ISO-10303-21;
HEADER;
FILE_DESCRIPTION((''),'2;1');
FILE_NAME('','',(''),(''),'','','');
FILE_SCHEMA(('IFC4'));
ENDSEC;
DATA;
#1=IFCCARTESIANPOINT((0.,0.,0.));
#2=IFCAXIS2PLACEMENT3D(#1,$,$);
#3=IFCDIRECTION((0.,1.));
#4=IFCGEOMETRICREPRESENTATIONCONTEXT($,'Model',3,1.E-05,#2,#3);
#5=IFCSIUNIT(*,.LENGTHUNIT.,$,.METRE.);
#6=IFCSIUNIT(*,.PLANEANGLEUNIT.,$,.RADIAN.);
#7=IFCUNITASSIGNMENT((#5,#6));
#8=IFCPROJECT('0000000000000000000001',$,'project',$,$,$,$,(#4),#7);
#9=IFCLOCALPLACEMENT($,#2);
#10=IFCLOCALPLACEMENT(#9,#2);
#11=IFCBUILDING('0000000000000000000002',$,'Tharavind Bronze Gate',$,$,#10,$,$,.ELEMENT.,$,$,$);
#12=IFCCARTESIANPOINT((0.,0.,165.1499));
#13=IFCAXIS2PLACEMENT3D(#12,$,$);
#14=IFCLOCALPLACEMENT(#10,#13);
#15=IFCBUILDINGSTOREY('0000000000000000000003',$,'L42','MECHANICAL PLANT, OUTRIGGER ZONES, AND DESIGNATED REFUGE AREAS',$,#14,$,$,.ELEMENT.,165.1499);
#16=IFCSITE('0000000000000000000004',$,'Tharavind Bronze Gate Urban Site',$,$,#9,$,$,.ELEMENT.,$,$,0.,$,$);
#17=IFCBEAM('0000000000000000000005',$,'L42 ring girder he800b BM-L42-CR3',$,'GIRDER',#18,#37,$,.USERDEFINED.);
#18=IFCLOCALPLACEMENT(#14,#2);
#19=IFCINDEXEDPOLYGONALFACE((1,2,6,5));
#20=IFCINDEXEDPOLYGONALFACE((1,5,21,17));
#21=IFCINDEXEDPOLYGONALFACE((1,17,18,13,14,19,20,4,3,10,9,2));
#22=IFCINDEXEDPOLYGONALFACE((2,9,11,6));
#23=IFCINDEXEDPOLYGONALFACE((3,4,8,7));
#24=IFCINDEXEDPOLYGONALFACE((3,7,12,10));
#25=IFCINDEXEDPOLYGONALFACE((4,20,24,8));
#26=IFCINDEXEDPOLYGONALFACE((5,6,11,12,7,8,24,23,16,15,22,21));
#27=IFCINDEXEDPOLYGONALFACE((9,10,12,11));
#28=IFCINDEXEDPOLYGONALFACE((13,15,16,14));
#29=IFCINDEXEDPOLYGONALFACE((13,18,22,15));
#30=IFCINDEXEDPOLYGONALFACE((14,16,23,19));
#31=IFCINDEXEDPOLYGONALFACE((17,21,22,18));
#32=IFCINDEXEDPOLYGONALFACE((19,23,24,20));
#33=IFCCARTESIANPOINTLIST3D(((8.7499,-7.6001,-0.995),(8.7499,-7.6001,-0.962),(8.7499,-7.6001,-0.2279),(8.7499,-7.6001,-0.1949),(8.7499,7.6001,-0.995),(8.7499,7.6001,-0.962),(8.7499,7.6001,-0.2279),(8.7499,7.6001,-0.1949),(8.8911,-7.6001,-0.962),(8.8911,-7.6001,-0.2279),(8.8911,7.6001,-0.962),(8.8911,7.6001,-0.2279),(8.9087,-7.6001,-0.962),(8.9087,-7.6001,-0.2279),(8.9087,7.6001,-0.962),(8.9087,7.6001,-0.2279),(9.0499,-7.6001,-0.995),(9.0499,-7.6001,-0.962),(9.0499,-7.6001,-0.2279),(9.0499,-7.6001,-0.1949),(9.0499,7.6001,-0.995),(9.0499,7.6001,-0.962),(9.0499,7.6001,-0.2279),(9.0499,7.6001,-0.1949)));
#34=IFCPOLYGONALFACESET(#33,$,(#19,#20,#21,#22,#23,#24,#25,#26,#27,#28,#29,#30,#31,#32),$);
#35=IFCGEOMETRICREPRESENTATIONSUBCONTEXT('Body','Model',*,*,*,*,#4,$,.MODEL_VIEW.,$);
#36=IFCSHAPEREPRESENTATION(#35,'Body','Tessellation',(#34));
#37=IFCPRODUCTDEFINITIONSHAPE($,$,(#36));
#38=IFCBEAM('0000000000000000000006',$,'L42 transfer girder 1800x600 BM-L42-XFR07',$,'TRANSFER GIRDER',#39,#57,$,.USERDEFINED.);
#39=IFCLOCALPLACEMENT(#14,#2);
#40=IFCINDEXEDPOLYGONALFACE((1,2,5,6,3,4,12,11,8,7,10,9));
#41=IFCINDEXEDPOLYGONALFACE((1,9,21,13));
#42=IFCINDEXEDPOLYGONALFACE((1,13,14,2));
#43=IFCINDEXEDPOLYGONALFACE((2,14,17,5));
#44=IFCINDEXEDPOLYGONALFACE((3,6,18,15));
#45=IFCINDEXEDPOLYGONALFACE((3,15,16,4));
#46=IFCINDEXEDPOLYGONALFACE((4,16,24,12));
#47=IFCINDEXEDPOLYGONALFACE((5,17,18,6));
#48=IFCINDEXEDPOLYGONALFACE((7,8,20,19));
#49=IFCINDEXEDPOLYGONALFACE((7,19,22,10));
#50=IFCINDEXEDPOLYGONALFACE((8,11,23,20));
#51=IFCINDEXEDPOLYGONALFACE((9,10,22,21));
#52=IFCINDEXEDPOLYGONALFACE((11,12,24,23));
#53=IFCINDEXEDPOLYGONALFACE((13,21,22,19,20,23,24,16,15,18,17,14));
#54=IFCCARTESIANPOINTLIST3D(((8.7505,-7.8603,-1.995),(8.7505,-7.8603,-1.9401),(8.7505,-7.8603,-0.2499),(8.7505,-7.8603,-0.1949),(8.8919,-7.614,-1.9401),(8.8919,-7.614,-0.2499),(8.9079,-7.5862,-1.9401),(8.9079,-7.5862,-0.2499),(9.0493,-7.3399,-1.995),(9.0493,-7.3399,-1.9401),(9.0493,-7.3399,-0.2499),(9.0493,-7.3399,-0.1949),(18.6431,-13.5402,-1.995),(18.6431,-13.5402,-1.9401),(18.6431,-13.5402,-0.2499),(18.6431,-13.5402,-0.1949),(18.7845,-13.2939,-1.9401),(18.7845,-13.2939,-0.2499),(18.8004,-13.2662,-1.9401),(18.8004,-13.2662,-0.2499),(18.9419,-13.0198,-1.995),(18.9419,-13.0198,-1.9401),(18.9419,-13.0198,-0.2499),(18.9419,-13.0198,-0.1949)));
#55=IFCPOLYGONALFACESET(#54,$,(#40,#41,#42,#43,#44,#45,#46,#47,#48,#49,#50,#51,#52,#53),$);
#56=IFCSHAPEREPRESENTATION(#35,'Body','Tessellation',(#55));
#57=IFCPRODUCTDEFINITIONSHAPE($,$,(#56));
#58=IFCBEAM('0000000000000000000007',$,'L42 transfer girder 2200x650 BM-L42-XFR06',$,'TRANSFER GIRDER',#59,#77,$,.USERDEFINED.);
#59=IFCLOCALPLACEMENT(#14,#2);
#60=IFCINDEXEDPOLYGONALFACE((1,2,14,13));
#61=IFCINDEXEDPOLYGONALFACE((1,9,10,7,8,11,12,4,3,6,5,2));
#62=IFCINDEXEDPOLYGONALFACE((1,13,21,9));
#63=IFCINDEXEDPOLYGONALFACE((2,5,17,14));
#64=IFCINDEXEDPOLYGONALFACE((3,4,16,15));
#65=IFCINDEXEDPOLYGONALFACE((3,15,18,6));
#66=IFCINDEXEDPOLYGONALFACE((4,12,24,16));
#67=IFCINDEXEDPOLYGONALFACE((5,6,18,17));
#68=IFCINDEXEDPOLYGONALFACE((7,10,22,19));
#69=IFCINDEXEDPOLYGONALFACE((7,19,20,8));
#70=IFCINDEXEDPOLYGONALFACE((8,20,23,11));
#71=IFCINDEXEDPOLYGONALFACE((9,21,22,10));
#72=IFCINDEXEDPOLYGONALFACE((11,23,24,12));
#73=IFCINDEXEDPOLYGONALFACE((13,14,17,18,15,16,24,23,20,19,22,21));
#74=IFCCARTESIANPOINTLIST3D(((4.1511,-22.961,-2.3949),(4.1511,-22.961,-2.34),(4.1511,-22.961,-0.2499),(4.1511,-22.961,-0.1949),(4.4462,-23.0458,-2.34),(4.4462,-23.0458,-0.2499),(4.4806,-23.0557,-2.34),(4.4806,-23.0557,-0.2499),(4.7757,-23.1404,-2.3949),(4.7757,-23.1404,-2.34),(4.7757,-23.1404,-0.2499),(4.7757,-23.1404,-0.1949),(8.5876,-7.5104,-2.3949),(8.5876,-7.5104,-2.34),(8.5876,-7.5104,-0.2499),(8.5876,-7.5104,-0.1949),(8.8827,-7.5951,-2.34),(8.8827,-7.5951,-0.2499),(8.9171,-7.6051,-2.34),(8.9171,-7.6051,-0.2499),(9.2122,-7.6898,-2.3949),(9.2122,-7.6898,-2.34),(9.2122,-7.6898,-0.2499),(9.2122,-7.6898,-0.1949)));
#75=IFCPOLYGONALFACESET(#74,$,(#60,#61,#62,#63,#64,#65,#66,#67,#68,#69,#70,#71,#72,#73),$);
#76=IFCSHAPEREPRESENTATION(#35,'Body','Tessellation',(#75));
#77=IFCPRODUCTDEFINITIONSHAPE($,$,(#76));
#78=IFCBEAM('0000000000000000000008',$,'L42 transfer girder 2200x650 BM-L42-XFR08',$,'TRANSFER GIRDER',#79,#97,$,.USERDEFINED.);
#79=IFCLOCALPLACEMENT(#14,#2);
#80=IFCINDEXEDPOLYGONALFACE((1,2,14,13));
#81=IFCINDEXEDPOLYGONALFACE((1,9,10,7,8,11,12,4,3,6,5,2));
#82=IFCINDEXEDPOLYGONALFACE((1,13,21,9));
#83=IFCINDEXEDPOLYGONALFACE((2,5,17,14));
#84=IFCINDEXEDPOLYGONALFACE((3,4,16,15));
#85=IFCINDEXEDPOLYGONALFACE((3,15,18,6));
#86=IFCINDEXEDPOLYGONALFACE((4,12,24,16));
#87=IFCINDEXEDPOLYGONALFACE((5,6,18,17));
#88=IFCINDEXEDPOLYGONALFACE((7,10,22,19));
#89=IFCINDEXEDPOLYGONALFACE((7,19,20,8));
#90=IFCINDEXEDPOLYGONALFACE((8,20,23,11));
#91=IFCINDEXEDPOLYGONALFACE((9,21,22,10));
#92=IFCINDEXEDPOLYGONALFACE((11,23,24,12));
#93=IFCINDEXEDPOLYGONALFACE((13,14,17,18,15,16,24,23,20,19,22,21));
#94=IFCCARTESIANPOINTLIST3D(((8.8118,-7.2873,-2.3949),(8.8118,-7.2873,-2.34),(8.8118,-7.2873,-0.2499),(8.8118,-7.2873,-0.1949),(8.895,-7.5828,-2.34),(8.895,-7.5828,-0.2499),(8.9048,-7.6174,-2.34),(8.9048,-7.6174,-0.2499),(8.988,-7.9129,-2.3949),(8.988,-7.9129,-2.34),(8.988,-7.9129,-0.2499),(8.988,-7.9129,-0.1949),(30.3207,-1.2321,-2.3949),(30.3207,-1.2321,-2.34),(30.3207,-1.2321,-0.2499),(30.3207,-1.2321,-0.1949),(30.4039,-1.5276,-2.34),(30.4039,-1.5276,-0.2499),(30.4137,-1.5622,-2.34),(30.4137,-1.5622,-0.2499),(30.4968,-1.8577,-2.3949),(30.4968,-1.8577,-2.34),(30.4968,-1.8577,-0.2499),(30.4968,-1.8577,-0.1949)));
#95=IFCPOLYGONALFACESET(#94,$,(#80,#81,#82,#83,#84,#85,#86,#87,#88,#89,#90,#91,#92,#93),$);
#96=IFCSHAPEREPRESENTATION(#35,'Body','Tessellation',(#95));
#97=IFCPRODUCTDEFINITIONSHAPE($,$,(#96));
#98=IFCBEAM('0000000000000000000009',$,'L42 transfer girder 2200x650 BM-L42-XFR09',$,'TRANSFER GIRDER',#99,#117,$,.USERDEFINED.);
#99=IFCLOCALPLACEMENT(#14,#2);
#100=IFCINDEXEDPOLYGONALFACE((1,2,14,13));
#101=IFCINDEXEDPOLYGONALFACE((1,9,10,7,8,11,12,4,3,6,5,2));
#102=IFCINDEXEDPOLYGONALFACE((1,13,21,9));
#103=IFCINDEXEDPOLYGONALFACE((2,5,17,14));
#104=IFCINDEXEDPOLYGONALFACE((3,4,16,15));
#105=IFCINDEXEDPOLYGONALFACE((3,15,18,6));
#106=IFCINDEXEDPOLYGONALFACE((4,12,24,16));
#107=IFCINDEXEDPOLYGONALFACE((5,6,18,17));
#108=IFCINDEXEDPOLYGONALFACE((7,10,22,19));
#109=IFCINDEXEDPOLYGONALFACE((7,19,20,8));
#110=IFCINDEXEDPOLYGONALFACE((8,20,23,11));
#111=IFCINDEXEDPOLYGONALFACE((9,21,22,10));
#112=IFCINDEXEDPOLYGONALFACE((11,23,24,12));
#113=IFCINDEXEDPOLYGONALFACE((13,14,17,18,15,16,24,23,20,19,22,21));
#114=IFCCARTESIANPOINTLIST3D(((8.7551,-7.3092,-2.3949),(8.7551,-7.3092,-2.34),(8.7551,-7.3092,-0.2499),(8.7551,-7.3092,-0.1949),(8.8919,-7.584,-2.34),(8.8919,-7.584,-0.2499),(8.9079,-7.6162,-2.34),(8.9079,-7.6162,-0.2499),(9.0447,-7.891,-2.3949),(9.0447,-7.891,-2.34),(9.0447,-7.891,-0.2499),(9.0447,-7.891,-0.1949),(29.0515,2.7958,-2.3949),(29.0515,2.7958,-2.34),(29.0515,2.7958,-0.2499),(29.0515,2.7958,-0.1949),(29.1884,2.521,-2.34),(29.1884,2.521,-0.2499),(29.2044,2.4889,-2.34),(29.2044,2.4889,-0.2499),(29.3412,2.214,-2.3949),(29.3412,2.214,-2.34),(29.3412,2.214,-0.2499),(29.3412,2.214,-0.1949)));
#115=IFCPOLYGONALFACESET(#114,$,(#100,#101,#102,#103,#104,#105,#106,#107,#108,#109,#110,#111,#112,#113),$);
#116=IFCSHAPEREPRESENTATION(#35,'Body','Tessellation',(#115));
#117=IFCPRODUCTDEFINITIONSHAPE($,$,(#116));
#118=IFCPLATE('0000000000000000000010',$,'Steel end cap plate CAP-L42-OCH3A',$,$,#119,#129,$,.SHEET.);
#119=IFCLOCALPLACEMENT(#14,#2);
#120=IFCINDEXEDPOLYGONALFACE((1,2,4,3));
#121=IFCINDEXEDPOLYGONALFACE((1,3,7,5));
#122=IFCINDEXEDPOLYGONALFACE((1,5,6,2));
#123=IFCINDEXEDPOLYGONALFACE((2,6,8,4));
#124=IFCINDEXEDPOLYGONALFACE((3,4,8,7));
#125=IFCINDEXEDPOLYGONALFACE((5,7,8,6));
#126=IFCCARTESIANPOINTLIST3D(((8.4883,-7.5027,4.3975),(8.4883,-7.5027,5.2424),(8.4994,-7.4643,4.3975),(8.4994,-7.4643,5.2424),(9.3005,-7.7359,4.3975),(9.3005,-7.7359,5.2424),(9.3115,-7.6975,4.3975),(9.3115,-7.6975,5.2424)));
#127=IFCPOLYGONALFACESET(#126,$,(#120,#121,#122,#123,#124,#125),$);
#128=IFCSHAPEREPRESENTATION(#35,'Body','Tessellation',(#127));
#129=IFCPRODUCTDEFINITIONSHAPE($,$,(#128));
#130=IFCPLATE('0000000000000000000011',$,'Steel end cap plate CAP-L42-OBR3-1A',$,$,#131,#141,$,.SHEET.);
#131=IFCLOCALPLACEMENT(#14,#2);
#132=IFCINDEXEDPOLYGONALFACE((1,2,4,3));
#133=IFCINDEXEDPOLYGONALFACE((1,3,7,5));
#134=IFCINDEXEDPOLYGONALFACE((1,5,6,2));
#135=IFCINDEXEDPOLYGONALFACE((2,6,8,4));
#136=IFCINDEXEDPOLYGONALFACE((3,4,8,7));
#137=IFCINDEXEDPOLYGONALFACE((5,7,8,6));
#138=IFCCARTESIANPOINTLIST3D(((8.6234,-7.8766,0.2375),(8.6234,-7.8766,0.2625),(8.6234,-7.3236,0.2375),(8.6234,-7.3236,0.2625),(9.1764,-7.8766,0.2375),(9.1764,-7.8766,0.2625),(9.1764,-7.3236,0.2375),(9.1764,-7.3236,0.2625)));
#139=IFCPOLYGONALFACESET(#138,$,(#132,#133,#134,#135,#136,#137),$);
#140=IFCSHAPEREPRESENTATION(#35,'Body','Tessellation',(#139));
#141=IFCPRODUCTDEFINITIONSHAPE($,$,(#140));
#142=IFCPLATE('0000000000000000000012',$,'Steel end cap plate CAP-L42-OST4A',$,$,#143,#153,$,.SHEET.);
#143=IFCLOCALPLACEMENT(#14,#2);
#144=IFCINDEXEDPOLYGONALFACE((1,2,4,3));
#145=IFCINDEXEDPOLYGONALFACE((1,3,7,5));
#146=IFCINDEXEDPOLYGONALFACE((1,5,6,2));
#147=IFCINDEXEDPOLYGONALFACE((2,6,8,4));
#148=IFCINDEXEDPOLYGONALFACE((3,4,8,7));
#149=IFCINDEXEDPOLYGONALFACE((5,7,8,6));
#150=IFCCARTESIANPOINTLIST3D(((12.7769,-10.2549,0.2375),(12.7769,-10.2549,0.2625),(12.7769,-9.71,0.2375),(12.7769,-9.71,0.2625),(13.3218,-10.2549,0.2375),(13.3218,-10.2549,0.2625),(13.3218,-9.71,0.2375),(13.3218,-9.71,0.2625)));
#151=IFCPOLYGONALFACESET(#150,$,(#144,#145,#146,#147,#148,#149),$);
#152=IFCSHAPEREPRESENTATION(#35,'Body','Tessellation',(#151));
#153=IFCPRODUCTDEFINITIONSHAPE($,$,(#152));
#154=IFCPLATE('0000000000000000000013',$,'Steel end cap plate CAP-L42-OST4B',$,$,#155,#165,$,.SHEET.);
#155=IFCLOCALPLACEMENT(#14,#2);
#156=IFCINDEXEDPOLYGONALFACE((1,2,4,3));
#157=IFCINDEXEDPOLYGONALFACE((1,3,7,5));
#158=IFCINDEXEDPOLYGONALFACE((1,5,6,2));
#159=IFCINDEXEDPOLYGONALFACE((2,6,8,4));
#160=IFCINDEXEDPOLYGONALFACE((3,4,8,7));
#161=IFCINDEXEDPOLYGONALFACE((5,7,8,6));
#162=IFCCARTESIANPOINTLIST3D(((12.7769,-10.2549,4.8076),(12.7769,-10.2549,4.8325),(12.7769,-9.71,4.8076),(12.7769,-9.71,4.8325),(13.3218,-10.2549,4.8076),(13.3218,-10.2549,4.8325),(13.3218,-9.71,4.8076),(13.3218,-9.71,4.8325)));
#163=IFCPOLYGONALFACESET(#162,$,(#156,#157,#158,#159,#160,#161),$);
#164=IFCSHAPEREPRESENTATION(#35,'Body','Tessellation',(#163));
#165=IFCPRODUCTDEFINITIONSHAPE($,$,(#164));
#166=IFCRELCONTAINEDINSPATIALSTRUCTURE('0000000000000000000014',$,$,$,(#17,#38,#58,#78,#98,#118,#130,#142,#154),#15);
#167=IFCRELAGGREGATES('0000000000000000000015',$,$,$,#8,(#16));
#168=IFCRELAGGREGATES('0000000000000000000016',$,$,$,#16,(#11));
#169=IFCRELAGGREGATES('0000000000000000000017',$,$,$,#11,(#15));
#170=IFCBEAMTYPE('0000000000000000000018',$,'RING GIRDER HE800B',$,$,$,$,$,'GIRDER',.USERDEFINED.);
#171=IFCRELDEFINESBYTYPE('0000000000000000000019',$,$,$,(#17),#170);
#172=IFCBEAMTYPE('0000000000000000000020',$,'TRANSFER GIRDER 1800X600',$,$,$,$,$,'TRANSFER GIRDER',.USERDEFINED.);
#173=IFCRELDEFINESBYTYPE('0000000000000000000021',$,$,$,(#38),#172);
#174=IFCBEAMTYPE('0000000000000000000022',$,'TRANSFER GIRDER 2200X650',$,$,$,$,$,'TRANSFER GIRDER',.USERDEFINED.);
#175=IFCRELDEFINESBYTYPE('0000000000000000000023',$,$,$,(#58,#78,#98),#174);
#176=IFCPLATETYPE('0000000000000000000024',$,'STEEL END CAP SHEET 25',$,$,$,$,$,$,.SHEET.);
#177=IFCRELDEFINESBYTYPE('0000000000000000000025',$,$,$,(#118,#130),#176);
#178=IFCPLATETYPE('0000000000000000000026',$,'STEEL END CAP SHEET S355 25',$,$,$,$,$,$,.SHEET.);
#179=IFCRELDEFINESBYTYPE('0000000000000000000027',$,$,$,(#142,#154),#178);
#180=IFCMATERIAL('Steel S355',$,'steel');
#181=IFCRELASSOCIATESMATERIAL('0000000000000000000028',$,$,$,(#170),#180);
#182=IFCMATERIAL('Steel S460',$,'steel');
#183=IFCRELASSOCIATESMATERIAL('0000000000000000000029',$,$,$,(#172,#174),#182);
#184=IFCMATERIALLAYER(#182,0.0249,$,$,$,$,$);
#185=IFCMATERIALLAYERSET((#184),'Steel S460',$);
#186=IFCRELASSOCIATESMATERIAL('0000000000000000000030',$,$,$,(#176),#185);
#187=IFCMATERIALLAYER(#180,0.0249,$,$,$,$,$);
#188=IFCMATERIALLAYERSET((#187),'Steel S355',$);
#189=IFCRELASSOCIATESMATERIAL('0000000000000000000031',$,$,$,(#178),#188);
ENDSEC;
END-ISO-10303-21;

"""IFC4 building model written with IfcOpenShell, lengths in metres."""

from ifc_helpers import new_model, si_unit, direction, frame, origin, origin_2d, place, context, subcontext, project, spatial, rectangle, i_section, extrude, material, layer, layer_set, material_profile, profile_set, type_object, element, save


model = new_model("IFC4")

# Units and contexts
model_context = context("Model", 3, precision=1e-05, world=origin(), true_north=direction((0.0, 1.0)))
body_context = subcontext(model_context, "Body", "Model", "MODEL_VIEW")
ifc_project = project(units=[si_unit("LENGTHUNIT", "METRE"), si_unit("PLANEANGLEUNIT", "RADIAN")], contexts=[model_context])

# Site, building, storey
site_placement = place(None, origin())
site = spatial("IfcSite", under=ifc_project, at=site_placement, Name="Tharavind Bronze Gate Urban Site", CompositionType="ELEMENT", RefElevation=0.0)
building_placement = place(site_placement, origin())
building = spatial("IfcBuilding", under=site, at=building_placement, Name="Tharavind Bronze Gate", CompositionType="ELEMENT")
storey_placement = place(building_placement, frame((0.0, 0.0, 165.1499)))
storey = spatial("IfcBuildingStorey", under=building, at=storey_placement, Name="L42", Description="MECHANICAL PLANT, OUTRIGGER ZONES, AND DESIGNATED REFUGE AREAS", CompositionType="ELEMENT", Elevation=165.1499)

# Shared definitions
ifc_material_1 = material(Name="Steel S460", Category="steel")

# Beams
ifc_material_2 = material(Name="Steel S355", Category="steel")
ifc_material_profile_1 = material_profile(ifc_material_2, i_section(OverallWidth=0.3, OverallDepth=0.8, WebThickness=0.0176, FlangeThickness=0.033, at=origin_2d()), Name="HE800B")
ifc_profile_set_1 = profile_set([ifc_material_profile_1], Name="Steel S355")
beam_type_1 = type_object("IfcBeamType", Name="RING GIRDER HE800B", ElementType="GIRDER", PredefinedType="USERDEFINED", material=ifc_profile_set_1)
beam_1_placement = place(storey_placement, frame((8.8999, -7.6001, -0.595), z_axis=(0.0, 1.0, 0.0), x_axis=(-1.0, 0.0, 0.0)))
element("IfcBeam", 1, at=beam_1_placement, inside=storey, type_object=beam_type_1, Name="L42 ring girder he800b BM-L42-CR3", ObjectType="GIRDER", PredefinedType="USERDEFINED", context=body_context, shape_type="SweptSolid", body=[
    extrude(i_section(OverallWidth=0.3, OverallDepth=0.8, WebThickness=0.0176, FlangeThickness=0.033, at=origin_2d()), origin(), (0.0, 0.0, 1.0), 15.2002),
])
ifc_material_profile_2 = material_profile(ifc_material_1, i_section(OverallWidth=0.6001, OverallDepth=1.8, WebThickness=0.032, FlangeThickness=0.0549, at=origin_2d()), Name="PG1800X600")
ifc_profile_set_2 = profile_set([ifc_material_profile_2], Name="Steel S460")
beam_type_2 = type_object("IfcBeamType", Name="TRANSFER GIRDER 1800X600", ElementType="TRANSFER GIRDER", PredefinedType="USERDEFINED", material=ifc_profile_set_2)
beam_2_placement = place(storey_placement, frame((8.8999, -7.6001, -1.095), z_axis=(0.867221, -0.497924, 0.0), x_axis=(0.497924, 0.867221, 0.0)))
element("IfcBeam", 2, at=beam_2_placement, inside=storey, type_object=beam_type_2, Name="L42 transfer girder 1800x600 BM-L42-XFR07", ObjectType="TRANSFER GIRDER", PredefinedType="USERDEFINED", context=body_context, shape_type="SweptSolid", body=[
    extrude(i_section(OverallWidth=0.6001, OverallDepth=1.8, WebThickness=0.032, FlangeThickness=0.0549, at=origin_2d()), origin(), (0.0, 0.0, 1.0), 11.4072),
])
ifc_material_profile_3 = material_profile(ifc_material_1, i_section(OverallWidth=0.6499, OverallDepth=2.2, WebThickness=0.0359, FlangeThickness=0.0549, at=origin_2d()), Name="PG2200X650")
ifc_profile_set_3 = profile_set([ifc_material_profile_3], Name="Steel S460")
beam_type_3 = type_object("IfcBeamType", Name="TRANSFER GIRDER 2200X650", ElementType="TRANSFER GIRDER", PredefinedType="USERDEFINED", material=ifc_profile_set_3)
beam_3_placement = place(storey_placement, frame((8.8999, -7.6001, -1.2949), z_axis=(-0.275989, -0.961161, 0.0), x_axis=(0.961161, -0.275989, 0.0)))
element("IfcBeam", 3, at=beam_3_placement, inside=storey, type_object=beam_type_3, Name="L42 transfer girder 2200x650 BM-L42-XFR06", ObjectType="TRANSFER GIRDER", PredefinedType="USERDEFINED", context=body_context, shape_type="SweptSolid", body=[
    extrude(i_section(OverallWidth=0.6499, OverallDepth=2.2, WebThickness=0.0359, FlangeThickness=0.0549, at=origin_2d()), origin(), (0.0, 0.0, 1.0), 16.075),
])
beam_4_placement = place(storey_placement, frame((8.8999, -7.6001, -1.2949), z_axis=(0.962583, 0.270987, 0.0), x_axis=(-0.270987, 0.962583, 0.0)))
element("IfcBeam", 4, at=beam_4_placement, inside=storey, type_object=beam_type_3, Name="L42 transfer girder 2200x650 BM-L42-XFR08", ObjectType="TRANSFER GIRDER", PredefinedType="USERDEFINED", context=body_context, shape_type="SweptSolid", body=[
    extrude(i_section(OverallWidth=0.6499, OverallDepth=2.2, WebThickness=0.0359, FlangeThickness=0.0549, at=origin_2d()), origin(), (0.0, 0.0, 1.0), 22.345),
])
beam_5_placement = place(storey_placement, frame((8.8999, -7.6001, -1.2949), z_axis=(0.895188, 0.445688, 0.0), x_axis=(-0.445688, 0.895188, 0.0)))
element("IfcBeam", 5, at=beam_5_placement, inside=storey, type_object=beam_type_3, Name="L42 transfer girder 2200x650 BM-L42-XFR09", ObjectType="TRANSFER GIRDER", PredefinedType="USERDEFINED", context=body_context, shape_type="SweptSolid", body=[
    extrude(i_section(OverallWidth=0.6499, OverallDepth=2.2, WebThickness=0.0359, FlangeThickness=0.0549, at=origin_2d()), origin(), (0.0, 0.0, 1.0), 22.6729),
])

# Plates
ifc_layer_1 = layer(ifc_material_1, 0.0249)
ifc_layer_set_1 = layer_set([ifc_layer_1], Name="Steel S460")
plate_type_1 = type_object("IfcPlateType", Name="STEEL END CAP SHEET 25", PredefinedType="SHEET", material=ifc_layer_set_1)
plate_1_placement = place(storey_placement, frame((8.8999, -7.6001, 4.3975), z_axis=(0.0, 0.0, 1.0), x_axis=(0.275995, 0.961159, 0.0)))
element("IfcPlate", 6, at=plate_1_placement, inside=storey, type_object=plate_type_1, Name="Steel end cap plate CAP-L42-OCH3A", PredefinedType="SHEET", context=body_context, shape_type="SweptSolid", body=[
    extrude(rectangle(XDim=0.04, YDim=0.845, at=origin_2d()), origin(), (0.0, 0.0, 1.0), 0.845),
])
plate_2_placement = place(storey_placement, frame((8.8999, -7.6001, 0.2375), z_axis=(0.0, 0.0, 1.0), x_axis=(1.0, 0.0, 0.0)))
element("IfcPlate", 7, at=plate_2_placement, inside=storey, type_object=plate_type_1, Name="Steel end cap plate CAP-L42-OBR3-1A", PredefinedType="SHEET", context=body_context, shape_type="SweptSolid", body=[
    extrude(rectangle(XDim=0.553, YDim=0.553, at=origin_2d()), origin(), (0.0, 0.0, 1.0), 0.0249),
])
ifc_layer_2 = layer(ifc_material_2, 0.0249)
ifc_layer_set_2 = layer_set([ifc_layer_2], Name="Steel S355")
plate_type_2 = type_object("IfcPlateType", Name="STEEL END CAP SHEET S355 25", PredefinedType="SHEET", material=ifc_layer_set_2)
for number, where, z_axis, x_axis, name in (
    (8, (13.0493, -9.9824, 0.2375), (0.0, 0.0, 1.0), (1.0, 0.0, 0.0), "Steel end cap plate CAP-L42-OST4A"),
    (9, (13.0493, -9.9824, 4.8076), (0.0, 0.0, 1.0), (1.0, 0.0, 0.0), "Steel end cap plate CAP-L42-OST4B"),
):
    element("IfcPlate", number, at=place(storey_placement, frame(where, z_axis=z_axis, x_axis=x_axis)), inside=storey, type_object=plate_type_2, Name=name, PredefinedType="SHEET", context=body_context, shape_type="SweptSolid", body=[
        extrude(rectangle(XDim=0.5449, YDim=0.5449, at=origin_2d()), origin(), (0.0, 0.0, 1.0), 0.0249),
    ])

save(model, "model.ifc")
